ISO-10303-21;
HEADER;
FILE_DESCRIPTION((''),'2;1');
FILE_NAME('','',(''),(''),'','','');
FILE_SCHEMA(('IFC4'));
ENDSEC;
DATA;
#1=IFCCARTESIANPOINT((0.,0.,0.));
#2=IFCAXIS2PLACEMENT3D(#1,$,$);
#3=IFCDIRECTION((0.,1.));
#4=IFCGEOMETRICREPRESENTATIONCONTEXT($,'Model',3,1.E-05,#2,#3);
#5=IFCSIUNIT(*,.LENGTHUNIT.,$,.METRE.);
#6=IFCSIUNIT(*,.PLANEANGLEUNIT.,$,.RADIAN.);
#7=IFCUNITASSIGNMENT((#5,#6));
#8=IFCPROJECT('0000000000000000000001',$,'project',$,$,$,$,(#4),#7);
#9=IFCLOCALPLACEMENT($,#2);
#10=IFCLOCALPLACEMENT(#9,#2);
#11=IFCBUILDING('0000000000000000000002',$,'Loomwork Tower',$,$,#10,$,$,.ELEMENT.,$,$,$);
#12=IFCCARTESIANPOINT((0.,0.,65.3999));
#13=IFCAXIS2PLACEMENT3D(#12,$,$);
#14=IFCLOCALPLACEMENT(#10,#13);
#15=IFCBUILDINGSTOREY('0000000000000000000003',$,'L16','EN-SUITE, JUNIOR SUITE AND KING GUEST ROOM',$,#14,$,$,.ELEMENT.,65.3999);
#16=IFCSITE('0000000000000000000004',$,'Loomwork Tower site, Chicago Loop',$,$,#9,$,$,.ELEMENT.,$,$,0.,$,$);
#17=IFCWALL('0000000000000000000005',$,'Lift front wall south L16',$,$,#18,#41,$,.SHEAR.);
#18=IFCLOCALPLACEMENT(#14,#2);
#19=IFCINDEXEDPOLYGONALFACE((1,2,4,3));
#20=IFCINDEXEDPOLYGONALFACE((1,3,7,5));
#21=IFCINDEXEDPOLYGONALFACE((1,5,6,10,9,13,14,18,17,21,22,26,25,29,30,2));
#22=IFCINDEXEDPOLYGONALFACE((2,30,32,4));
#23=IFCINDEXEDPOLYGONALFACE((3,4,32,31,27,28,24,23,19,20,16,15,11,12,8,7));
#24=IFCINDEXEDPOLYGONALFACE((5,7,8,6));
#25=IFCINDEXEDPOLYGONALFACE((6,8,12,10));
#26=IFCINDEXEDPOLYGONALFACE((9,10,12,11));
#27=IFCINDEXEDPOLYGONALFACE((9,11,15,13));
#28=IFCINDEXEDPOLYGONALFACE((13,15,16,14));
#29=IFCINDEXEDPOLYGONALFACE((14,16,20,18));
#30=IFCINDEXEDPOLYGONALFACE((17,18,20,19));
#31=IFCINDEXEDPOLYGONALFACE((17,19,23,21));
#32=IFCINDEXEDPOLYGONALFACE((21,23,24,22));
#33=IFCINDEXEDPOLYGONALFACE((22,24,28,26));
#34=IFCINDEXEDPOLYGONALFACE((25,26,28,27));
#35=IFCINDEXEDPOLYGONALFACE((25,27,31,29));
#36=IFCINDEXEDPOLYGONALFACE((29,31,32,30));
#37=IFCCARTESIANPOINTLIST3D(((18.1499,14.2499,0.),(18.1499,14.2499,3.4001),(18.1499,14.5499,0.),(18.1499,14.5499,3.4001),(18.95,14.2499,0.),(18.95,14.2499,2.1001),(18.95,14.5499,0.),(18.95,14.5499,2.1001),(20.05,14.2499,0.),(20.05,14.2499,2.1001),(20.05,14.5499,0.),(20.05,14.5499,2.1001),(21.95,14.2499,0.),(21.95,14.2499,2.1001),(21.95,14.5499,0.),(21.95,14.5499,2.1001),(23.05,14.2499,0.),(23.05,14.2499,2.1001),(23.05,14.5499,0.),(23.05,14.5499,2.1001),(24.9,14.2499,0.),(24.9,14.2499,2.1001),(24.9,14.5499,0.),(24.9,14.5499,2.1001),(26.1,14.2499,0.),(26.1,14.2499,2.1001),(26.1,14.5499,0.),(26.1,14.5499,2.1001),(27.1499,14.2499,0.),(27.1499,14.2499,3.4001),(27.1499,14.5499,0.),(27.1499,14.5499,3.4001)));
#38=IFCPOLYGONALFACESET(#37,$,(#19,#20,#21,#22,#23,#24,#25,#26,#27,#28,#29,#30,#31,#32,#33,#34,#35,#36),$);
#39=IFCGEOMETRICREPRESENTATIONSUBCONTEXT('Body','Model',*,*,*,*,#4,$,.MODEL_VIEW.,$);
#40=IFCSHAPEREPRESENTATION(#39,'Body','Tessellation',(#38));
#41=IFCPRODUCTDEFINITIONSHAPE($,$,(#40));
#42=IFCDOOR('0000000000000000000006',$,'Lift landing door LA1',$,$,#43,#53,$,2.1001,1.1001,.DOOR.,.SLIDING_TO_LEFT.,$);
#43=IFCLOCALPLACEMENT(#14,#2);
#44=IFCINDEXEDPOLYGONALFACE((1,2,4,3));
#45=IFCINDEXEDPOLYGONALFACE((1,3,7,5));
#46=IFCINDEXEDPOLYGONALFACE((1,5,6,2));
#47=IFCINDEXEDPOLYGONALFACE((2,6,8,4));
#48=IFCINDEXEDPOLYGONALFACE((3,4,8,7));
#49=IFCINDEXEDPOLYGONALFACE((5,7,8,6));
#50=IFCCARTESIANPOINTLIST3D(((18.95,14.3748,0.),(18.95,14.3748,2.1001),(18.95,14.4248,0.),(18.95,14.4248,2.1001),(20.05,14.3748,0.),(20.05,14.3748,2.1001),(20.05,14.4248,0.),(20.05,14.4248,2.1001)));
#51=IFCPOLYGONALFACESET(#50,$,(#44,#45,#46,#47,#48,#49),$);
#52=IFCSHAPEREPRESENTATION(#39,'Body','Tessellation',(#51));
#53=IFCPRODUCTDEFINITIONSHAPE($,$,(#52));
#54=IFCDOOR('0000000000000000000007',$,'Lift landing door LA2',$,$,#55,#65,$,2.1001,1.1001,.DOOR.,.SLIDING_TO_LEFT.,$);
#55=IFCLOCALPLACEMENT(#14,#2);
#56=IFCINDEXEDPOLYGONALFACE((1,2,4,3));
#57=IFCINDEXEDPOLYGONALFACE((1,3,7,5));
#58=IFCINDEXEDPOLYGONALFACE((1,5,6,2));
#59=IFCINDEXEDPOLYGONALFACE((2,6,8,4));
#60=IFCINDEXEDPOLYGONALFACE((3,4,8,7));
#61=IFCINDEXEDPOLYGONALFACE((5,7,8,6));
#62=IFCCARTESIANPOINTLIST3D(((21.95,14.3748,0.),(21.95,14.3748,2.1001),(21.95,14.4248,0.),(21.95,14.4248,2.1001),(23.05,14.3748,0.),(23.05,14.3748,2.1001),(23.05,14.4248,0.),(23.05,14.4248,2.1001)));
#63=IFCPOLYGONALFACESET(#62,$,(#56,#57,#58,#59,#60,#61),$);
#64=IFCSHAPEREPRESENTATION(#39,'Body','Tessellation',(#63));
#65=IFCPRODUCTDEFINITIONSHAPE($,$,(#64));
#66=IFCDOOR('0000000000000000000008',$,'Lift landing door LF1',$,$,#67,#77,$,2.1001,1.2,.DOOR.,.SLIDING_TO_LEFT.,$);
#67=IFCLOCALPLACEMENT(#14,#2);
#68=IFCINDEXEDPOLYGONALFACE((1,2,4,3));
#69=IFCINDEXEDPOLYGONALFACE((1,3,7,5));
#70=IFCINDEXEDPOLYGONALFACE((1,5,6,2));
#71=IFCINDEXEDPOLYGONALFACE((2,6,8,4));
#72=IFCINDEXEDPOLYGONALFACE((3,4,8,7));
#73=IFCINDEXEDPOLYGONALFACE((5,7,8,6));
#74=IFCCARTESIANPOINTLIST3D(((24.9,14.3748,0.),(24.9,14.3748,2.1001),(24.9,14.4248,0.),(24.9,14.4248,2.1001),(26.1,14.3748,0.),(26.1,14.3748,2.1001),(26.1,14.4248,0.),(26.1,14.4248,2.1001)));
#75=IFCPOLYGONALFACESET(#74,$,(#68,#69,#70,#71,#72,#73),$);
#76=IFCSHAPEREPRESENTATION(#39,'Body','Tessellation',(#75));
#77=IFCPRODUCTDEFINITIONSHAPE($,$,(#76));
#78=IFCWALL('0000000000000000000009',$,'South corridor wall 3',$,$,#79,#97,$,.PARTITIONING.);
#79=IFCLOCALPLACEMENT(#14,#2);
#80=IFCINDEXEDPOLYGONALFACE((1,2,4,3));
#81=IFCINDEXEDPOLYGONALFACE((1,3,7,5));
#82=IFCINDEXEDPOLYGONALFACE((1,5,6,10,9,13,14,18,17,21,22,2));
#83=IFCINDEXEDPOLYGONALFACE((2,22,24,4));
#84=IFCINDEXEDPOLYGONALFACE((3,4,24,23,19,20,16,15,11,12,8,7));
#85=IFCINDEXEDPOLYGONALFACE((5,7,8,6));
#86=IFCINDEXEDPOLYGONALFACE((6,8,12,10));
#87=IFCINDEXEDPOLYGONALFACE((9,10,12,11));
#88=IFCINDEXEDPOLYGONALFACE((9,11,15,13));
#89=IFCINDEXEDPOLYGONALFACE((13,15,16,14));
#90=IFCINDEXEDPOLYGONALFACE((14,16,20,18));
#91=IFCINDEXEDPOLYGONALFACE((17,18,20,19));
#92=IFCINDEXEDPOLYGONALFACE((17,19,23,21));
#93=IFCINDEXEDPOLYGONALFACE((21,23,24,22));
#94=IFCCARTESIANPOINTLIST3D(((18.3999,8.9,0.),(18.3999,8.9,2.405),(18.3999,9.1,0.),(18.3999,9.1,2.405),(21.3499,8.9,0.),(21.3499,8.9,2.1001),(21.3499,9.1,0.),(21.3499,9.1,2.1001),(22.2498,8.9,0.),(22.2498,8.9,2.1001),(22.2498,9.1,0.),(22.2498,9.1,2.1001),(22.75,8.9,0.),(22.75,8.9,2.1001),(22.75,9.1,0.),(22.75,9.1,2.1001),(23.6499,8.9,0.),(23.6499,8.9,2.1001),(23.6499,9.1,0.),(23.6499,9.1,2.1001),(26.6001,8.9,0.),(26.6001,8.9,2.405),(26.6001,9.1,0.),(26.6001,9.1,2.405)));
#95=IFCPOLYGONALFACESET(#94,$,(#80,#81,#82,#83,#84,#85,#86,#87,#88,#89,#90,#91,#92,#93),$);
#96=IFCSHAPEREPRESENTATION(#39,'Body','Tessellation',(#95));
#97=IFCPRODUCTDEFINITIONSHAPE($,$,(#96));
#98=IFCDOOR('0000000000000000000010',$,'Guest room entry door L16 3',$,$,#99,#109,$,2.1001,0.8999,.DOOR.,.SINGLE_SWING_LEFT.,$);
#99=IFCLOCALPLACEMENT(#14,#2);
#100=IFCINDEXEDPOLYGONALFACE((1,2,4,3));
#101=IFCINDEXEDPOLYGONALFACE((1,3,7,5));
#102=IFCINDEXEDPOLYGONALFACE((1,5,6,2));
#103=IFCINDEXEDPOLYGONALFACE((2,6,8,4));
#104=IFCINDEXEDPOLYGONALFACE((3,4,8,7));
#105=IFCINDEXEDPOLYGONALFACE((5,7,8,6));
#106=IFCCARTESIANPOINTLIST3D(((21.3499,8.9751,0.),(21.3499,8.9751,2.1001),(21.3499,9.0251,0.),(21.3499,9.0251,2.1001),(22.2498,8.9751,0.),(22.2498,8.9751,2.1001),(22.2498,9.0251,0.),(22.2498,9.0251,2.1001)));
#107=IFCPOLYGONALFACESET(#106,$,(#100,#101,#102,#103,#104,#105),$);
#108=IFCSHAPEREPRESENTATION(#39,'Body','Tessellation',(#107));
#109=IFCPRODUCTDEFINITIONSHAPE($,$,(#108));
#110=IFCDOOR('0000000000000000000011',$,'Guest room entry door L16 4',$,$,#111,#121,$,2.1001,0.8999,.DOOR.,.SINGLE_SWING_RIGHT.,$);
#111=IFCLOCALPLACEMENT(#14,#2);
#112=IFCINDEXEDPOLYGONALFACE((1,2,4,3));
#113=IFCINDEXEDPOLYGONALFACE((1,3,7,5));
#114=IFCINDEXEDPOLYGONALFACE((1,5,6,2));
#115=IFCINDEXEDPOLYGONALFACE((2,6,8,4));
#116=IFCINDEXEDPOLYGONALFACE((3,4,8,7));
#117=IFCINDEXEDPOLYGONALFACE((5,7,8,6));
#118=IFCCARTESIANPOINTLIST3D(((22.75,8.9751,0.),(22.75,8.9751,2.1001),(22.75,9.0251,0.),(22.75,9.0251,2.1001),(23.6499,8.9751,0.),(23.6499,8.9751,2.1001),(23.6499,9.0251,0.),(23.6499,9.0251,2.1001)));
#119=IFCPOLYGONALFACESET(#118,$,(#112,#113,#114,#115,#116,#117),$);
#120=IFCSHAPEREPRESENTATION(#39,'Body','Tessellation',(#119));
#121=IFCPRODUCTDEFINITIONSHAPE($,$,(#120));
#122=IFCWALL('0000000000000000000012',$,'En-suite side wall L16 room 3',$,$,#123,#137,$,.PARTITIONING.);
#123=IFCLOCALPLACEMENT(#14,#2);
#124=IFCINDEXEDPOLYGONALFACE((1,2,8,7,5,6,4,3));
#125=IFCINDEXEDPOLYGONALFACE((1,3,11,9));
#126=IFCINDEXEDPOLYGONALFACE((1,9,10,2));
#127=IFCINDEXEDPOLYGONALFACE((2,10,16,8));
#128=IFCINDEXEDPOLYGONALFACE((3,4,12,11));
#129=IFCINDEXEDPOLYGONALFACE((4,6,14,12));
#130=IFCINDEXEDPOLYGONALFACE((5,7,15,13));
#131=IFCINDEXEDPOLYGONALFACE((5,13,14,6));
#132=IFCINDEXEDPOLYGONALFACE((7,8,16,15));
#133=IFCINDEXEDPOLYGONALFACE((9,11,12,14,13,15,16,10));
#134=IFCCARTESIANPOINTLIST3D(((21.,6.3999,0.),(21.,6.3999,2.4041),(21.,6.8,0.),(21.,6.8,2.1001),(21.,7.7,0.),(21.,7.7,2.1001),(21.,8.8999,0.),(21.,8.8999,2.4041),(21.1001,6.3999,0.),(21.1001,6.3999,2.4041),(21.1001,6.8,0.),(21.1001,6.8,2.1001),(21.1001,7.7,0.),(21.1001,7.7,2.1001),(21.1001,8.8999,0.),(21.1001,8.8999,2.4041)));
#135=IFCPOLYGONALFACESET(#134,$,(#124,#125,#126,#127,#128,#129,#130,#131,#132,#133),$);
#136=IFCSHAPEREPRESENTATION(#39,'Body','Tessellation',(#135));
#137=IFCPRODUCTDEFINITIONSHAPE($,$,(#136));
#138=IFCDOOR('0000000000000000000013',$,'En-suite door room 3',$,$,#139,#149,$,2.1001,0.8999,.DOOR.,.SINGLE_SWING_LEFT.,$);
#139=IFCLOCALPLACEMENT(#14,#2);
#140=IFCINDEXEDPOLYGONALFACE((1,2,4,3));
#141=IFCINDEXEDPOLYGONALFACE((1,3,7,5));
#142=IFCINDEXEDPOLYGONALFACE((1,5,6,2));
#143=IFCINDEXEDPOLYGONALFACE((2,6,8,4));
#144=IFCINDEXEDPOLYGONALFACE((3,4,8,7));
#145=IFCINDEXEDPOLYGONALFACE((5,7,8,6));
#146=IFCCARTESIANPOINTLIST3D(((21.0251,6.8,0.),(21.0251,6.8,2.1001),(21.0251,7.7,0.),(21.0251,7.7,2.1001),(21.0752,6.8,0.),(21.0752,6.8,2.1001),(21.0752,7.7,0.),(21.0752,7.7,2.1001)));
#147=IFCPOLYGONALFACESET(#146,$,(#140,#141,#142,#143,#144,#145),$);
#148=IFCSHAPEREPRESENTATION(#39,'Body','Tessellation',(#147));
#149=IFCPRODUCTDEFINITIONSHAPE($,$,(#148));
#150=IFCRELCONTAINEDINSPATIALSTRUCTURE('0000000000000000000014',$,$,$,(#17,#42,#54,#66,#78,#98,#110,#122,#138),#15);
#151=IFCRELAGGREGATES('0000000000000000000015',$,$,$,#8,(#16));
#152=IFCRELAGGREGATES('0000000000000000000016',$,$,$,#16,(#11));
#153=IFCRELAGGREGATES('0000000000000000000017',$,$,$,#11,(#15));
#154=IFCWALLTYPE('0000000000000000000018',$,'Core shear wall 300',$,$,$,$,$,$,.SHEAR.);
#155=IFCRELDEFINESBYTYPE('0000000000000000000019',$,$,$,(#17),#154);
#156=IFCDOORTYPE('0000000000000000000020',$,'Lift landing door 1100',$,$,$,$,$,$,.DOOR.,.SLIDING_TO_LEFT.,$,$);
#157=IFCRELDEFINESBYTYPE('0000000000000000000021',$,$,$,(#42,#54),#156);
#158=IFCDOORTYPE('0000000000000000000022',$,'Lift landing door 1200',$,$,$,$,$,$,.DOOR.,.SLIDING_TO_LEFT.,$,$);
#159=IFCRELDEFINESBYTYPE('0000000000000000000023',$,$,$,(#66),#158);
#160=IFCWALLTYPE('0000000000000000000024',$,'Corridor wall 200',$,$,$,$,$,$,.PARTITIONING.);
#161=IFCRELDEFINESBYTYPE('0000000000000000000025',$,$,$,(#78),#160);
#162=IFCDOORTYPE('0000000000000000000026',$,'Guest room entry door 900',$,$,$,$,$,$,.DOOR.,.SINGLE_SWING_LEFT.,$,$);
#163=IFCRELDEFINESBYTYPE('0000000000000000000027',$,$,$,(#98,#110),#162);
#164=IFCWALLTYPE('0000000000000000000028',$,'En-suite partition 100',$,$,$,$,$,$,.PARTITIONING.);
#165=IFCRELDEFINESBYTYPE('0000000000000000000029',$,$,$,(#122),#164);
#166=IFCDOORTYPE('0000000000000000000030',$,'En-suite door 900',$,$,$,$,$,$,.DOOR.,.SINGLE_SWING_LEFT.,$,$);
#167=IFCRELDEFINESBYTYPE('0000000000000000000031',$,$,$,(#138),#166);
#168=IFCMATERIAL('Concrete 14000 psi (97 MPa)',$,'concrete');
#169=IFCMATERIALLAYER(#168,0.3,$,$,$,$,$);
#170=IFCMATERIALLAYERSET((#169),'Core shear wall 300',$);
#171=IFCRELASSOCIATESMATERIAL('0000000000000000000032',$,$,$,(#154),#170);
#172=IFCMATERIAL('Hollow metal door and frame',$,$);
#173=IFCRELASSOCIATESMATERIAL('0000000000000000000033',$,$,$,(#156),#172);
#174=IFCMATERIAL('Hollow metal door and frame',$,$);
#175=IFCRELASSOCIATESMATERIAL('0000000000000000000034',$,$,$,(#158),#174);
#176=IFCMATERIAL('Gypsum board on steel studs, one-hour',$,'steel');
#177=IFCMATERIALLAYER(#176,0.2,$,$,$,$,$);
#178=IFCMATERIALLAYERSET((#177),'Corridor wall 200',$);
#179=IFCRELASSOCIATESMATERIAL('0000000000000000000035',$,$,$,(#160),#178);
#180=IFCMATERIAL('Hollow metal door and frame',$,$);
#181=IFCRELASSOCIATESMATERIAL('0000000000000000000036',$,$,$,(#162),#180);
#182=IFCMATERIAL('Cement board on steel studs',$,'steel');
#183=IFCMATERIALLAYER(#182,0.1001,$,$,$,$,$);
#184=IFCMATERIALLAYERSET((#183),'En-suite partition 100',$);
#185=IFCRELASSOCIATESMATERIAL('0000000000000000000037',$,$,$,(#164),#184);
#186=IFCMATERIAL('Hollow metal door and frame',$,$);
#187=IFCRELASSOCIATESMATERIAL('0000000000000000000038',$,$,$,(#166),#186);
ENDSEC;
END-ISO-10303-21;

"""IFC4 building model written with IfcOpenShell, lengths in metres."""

from ifc_helpers import new_model, si_unit, direction, frame, frame_2d, origin, place, context, subcontext, project, spatial, rectangle, extrude, material, layer, layer_set, type_object, element, fill, save


model = new_model("IFC4")

# Units and contexts
model_context = context("Model", 3, precision=1e-05, world=origin(), true_north=direction((0.0, 1.0)))
body_context = subcontext(model_context, "Body", "Model", "MODEL_VIEW")
ifc_project = project(units=[si_unit("LENGTHUNIT", "METRE"), si_unit("PLANEANGLEUNIT", "RADIAN")], contexts=[model_context])

# Site, building, storey
site_placement = place(None, origin())
site = spatial("IfcSite", under=ifc_project, at=site_placement, Name="Loomwork Tower site, Chicago Loop", CompositionType="ELEMENT", RefElevation=0.0)
building_placement = place(site_placement, origin())
building = spatial("IfcBuilding", under=site, at=building_placement, Name="Loomwork Tower", CompositionType="ELEMENT")
storey_placement = place(building_placement, frame((0.0, 0.0, 65.3999)))
storey = spatial("IfcBuildingStorey", under=building, at=storey_placement, Name="L16", Description="EN-SUITE, JUNIOR SUITE AND KING GUEST ROOM", CompositionType="ELEMENT", Elevation=65.3999)

# Walls, openings, doors
ifc_material_1 = material(Name="Concrete 14000 psi (97 MPa)", Category="concrete")
ifc_layer_1 = layer(ifc_material_1, 0.3)
ifc_layer_set_1 = layer_set([ifc_layer_1], Name="Core shear wall 300")
wall_type_1 = type_object("IfcWallType", Name="Core shear wall 300", PredefinedType="SHEAR", material=ifc_layer_set_1)
wall_1_placement = place(storey_placement, frame((18.1499, 14.3999, 0.0), z_axis=(0.0, 0.0, 1.0), x_axis=(1.0, 0.0, 0.0)))
wall_1 = element("IfcWall", 1, at=wall_1_placement, inside=storey, type_object=wall_type_1, Name="Lift front wall south L16", PredefinedType="SHEAR", context=body_context, shape_type="SweptSolid", body=[
    extrude(rectangle(XDim=9.0, YDim=0.3, at=frame_2d((4.5, 0.0))), origin(), (0.0, 0.0, 1.0), 3.4001),
])
opening_1_placement = place(wall_1_placement, frame((0.8, 0.0, 0.0)))
opening_1 = element("IfcOpeningElement", 2, at=opening_1_placement, cuts=wall_1, PredefinedType="OPENING", context=body_context, shape_type="SweptSolid", body=[
    extrude(rectangle(XDim=1.1001, YDim=2.1001, at=frame_2d((0.55, 1.05))), frame((0.0, 0.1599, 0.0), z_axis=(0.0, -1.0, 0.0), x_axis=(1.0, 0.0, 0.0)), (0.0, 0.0, 1.0), 0.3201),
])
opening_2_placement = place(wall_1_placement, frame((3.8, 0.0, 0.0)))
opening_2 = element("IfcOpeningElement", 3, at=opening_2_placement, cuts=wall_1, PredefinedType="OPENING", context=body_context, shape_type="SweptSolid", body=[
    extrude(rectangle(XDim=1.1001, YDim=2.1001, at=frame_2d((0.55, 1.05))), frame((0.0, 0.1599, 0.0), z_axis=(0.0, -1.0, 0.0), x_axis=(1.0, 0.0, 0.0)), (0.0, 0.0, 1.0), 0.3201),
])
opening_3_placement = place(wall_1_placement, frame((6.75, 0.0, 0.0)))
opening_3 = element("IfcOpeningElement", 4, at=opening_3_placement, cuts=wall_1, PredefinedType="OPENING", context=body_context, shape_type="SweptSolid", body=[
    extrude(rectangle(XDim=1.2, YDim=2.1001, at=frame_2d((0.6001, 1.05))), frame((0.0, 0.1599, 0.0), z_axis=(0.0, -1.0, 0.0), x_axis=(1.0, 0.0, 0.0)), (0.0, 0.0, 1.0), 0.3201),
])
ifc_material_2 = material(Name="Hollow metal door and frame")
door_type_1 = type_object("IfcDoorType", Name="Lift landing door 1100", OperationType="SLIDING_TO_LEFT", PredefinedType="DOOR", material=ifc_material_2)
door_1_placement = place(opening_1_placement, origin())
door_1 = element("IfcDoor", 5, at=door_1_placement, inside=storey, type_object=door_type_1, Name="Lift landing door LA1", OperationType="SLIDING_TO_LEFT", OverallHeight=2.1001, OverallWidth=1.1001, PredefinedType="DOOR", context=body_context, shape_type="SweptSolid", body=[
    extrude(rectangle(XDim=1.1001, YDim=2.1001, at=frame_2d((0.55, 1.05))), frame((0.0, 0.0249, 0.0), z_axis=(0.0, -1.0, 0.0), x_axis=(1.0, 0.0, 0.0)), (0.0, 0.0, 1.0), 0.05),
])
fill(opening_1, door_1)
door_2_placement = place(opening_2_placement, origin())
door_2 = element("IfcDoor", 6, at=door_2_placement, inside=storey, type_object=door_type_1, Name="Lift landing door LA2", OperationType="SLIDING_TO_LEFT", OverallHeight=2.1001, OverallWidth=1.1001, PredefinedType="DOOR", context=body_context, shape_type="SweptSolid", body=[
    extrude(rectangle(XDim=1.1001, YDim=2.1001, at=frame_2d((0.55, 1.05))), frame((0.0, 0.0249, 0.0), z_axis=(0.0, -1.0, 0.0), x_axis=(1.0, 0.0, 0.0)), (0.0, 0.0, 1.0), 0.05),
])
fill(opening_2, door_2)
ifc_material_3 = material(Name="Hollow metal door and frame")
door_type_2 = type_object("IfcDoorType", Name="Lift landing door 1200", OperationType="SLIDING_TO_LEFT", PredefinedType="DOOR", material=ifc_material_3)
door_3_placement = place(opening_3_placement, origin())
door_3 = element("IfcDoor", 7, at=door_3_placement, inside=storey, type_object=door_type_2, Name="Lift landing door LF1", OperationType="SLIDING_TO_LEFT", OverallHeight=2.1001, OverallWidth=1.2, PredefinedType="DOOR", context=body_context, shape_type="SweptSolid", body=[
    extrude(rectangle(XDim=1.2, YDim=2.1001, at=frame_2d((0.6001, 1.05))), frame((0.0, 0.0249, 0.0), z_axis=(0.0, -1.0, 0.0), x_axis=(1.0, 0.0, 0.0)), (0.0, 0.0, 1.0), 0.05),
])
fill(opening_3, door_3)
ifc_material_4 = material(Name="Gypsum board on steel studs, one-hour", Category="steel")
ifc_layer_2 = layer(ifc_material_4, 0.2)
ifc_layer_set_2 = layer_set([ifc_layer_2], Name="Corridor wall 200")
wall_type_2 = type_object("IfcWallType", Name="Corridor wall 200", PredefinedType="PARTITIONING", material=ifc_layer_set_2)
wall_2_placement = place(storey_placement, frame((18.3999, 9.0, 0.0), z_axis=(0.0, 0.0, 1.0), x_axis=(1.0, 0.0, 0.0)))
wall_2 = element("IfcWall", 8, at=wall_2_placement, inside=storey, type_object=wall_type_2, Name="South corridor wall 3", PredefinedType="PARTITIONING", context=body_context, shape_type="SweptSolid", body=[
    extrude(rectangle(XDim=8.2002, YDim=0.2, at=frame_2d((4.1001, 0.0))), origin(), (0.0, 0.0, 1.0), 2.405),
])
opening_4_placement = place(wall_2_placement, frame((2.95, 0.0, 0.0)))
opening_4 = element("IfcOpeningElement", 9, at=opening_4_placement, cuts=wall_2, PredefinedType="OPENING", context=body_context, shape_type="SweptSolid", body=[
    extrude(rectangle(XDim=0.8999, YDim=2.1001, at=frame_2d((0.45, 1.05))), frame((0.0, 0.1099, 0.0), z_axis=(0.0, -1.0, 0.0), x_axis=(1.0, 0.0, 0.0)), (0.0, 0.0, 1.0), 0.22),
])
opening_5_placement = place(wall_2_placement, frame((4.3501, 0.0, 0.0)))
opening_5 = element("IfcOpeningElement", 10, at=opening_5_placement, cuts=wall_2, PredefinedType="OPENING", context=body_context, shape_type="SweptSolid", body=[
    extrude(rectangle(XDim=0.8999, YDim=2.1001, at=frame_2d((0.45, 1.05))), frame((0.0, 0.1099, 0.0), z_axis=(0.0, -1.0, 0.0), x_axis=(1.0, 0.0, 0.0)), (0.0, 0.0, 1.0), 0.22),
])
ifc_material_5 = material(Name="Hollow metal door and frame")
door_type_3 = type_object("IfcDoorType", Name="Guest room entry door 900", OperationType="SINGLE_SWING_LEFT", PredefinedType="DOOR", material=ifc_material_5)
door_4_placement = place(opening_4_placement, frame((0.8999, 0.0, 0.0), z_axis=(0.0, 0.0, 1.0), x_axis=(-1.0, 0.0, 0.0)))
door_4 = element("IfcDoor", 11, at=door_4_placement, inside=storey, type_object=door_type_3, Name="Guest room entry door L16 3", OperationType="SINGLE_SWING_LEFT", OverallHeight=2.1001, OverallWidth=0.8999, PredefinedType="DOOR", context=body_context, shape_type="SweptSolid", body=[
    extrude(rectangle(XDim=0.8999, YDim=2.1001, at=frame_2d((0.45, 1.05))), frame((0.0, 0.0249, 0.0), z_axis=(0.0, -1.0, 0.0), x_axis=(1.0, 0.0, 0.0)), (0.0, 0.0, 1.0), 0.05),
])
fill(opening_4, door_4)
door_5_placement = place(opening_5_placement, frame((0.8999, 0.0, 0.0), z_axis=(0.0, 0.0, 1.0), x_axis=(-1.0, 0.0, 0.0)))
door_5 = element("IfcDoor", 12, at=door_5_placement, inside=storey, type_object=door_type_3, Name="Guest room entry door L16 4", OperationType="SINGLE_SWING_RIGHT", OverallHeight=2.1001, OverallWidth=0.8999, PredefinedType="DOOR", context=body_context, shape_type="SweptSolid", body=[
    extrude(rectangle(XDim=0.8999, YDim=2.1001, at=frame_2d((0.45, 1.05))), frame((0.0, 0.0249, 0.0), z_axis=(0.0, -1.0, 0.0), x_axis=(1.0, 0.0, 0.0)), (0.0, 0.0, 1.0), 0.05),
])
fill(opening_5, door_5)

# Wall, opening, door
ifc_material_6 = material(Name="Cement board on steel studs", Category="steel")
ifc_layer_3 = layer(ifc_material_6, 0.1001)
ifc_layer_set_3 = layer_set([ifc_layer_3], Name="En-suite partition 100")
wall_type_3 = type_object("IfcWallType", Name="En-suite partition 100", PredefinedType="PARTITIONING", material=ifc_layer_set_3)
wall_3_placement = place(storey_placement, frame((21.05, 8.8999, 0.0), z_axis=(0.0, 0.0, 1.0), x_axis=(0.0, -1.0, 0.0)))
wall_3 = element("IfcWall", 13, at=wall_3_placement, inside=storey, type_object=wall_type_3, Name="En-suite side wall L16 room 3", PredefinedType="PARTITIONING", context=body_context, shape_type="SweptSolid", body=[
    extrude(rectangle(XDim=2.5, YDim=0.1001, at=frame_2d((1.25, 0.0))), origin(), (0.0, 0.0, 1.0), 2.4041),
])
opening_6_placement = place(wall_3_placement, frame((1.2, 0.0, 0.0)))
opening_6 = element("IfcOpeningElement", 14, at=opening_6_placement, cuts=wall_3, PredefinedType="OPENING", context=body_context, shape_type="SweptSolid", body=[
    extrude(rectangle(XDim=0.8999, YDim=2.1001, at=frame_2d((0.45, 1.05))), frame((0.0, 0.0601, 0.0), z_axis=(0.0, -1.0, 0.0), x_axis=(1.0, 0.0, 0.0)), (0.0, 0.0, 1.0), 0.1201),
])
ifc_material_7 = material(Name="Hollow metal door and frame")
door_type_4 = type_object("IfcDoorType", Name="En-suite door 900", OperationType="SINGLE_SWING_LEFT", PredefinedType="DOOR", material=ifc_material_7)
door_6_placement = place(opening_6_placement, frame((0.8999, 0.0, 0.0), z_axis=(0.0, 0.0, 1.0), x_axis=(-1.0, 0.0, 0.0)))
door_6 = element("IfcDoor", 15, at=door_6_placement, inside=storey, type_object=door_type_4, Name="En-suite door room 3", OperationType="SINGLE_SWING_LEFT", OverallHeight=2.1001, OverallWidth=0.8999, PredefinedType="DOOR", context=body_context, shape_type="SweptSolid", body=[
    extrude(rectangle(XDim=0.8999, YDim=2.1001, at=frame_2d((0.45, 1.05))), frame((0.0, 0.0249, 0.0), z_axis=(0.0, -1.0, 0.0), x_axis=(1.0, 0.0, 0.0)), (0.0, 0.0, 1.0), 0.05),
])
fill(opening_6, door_6)

save(model, "model.ifc")
